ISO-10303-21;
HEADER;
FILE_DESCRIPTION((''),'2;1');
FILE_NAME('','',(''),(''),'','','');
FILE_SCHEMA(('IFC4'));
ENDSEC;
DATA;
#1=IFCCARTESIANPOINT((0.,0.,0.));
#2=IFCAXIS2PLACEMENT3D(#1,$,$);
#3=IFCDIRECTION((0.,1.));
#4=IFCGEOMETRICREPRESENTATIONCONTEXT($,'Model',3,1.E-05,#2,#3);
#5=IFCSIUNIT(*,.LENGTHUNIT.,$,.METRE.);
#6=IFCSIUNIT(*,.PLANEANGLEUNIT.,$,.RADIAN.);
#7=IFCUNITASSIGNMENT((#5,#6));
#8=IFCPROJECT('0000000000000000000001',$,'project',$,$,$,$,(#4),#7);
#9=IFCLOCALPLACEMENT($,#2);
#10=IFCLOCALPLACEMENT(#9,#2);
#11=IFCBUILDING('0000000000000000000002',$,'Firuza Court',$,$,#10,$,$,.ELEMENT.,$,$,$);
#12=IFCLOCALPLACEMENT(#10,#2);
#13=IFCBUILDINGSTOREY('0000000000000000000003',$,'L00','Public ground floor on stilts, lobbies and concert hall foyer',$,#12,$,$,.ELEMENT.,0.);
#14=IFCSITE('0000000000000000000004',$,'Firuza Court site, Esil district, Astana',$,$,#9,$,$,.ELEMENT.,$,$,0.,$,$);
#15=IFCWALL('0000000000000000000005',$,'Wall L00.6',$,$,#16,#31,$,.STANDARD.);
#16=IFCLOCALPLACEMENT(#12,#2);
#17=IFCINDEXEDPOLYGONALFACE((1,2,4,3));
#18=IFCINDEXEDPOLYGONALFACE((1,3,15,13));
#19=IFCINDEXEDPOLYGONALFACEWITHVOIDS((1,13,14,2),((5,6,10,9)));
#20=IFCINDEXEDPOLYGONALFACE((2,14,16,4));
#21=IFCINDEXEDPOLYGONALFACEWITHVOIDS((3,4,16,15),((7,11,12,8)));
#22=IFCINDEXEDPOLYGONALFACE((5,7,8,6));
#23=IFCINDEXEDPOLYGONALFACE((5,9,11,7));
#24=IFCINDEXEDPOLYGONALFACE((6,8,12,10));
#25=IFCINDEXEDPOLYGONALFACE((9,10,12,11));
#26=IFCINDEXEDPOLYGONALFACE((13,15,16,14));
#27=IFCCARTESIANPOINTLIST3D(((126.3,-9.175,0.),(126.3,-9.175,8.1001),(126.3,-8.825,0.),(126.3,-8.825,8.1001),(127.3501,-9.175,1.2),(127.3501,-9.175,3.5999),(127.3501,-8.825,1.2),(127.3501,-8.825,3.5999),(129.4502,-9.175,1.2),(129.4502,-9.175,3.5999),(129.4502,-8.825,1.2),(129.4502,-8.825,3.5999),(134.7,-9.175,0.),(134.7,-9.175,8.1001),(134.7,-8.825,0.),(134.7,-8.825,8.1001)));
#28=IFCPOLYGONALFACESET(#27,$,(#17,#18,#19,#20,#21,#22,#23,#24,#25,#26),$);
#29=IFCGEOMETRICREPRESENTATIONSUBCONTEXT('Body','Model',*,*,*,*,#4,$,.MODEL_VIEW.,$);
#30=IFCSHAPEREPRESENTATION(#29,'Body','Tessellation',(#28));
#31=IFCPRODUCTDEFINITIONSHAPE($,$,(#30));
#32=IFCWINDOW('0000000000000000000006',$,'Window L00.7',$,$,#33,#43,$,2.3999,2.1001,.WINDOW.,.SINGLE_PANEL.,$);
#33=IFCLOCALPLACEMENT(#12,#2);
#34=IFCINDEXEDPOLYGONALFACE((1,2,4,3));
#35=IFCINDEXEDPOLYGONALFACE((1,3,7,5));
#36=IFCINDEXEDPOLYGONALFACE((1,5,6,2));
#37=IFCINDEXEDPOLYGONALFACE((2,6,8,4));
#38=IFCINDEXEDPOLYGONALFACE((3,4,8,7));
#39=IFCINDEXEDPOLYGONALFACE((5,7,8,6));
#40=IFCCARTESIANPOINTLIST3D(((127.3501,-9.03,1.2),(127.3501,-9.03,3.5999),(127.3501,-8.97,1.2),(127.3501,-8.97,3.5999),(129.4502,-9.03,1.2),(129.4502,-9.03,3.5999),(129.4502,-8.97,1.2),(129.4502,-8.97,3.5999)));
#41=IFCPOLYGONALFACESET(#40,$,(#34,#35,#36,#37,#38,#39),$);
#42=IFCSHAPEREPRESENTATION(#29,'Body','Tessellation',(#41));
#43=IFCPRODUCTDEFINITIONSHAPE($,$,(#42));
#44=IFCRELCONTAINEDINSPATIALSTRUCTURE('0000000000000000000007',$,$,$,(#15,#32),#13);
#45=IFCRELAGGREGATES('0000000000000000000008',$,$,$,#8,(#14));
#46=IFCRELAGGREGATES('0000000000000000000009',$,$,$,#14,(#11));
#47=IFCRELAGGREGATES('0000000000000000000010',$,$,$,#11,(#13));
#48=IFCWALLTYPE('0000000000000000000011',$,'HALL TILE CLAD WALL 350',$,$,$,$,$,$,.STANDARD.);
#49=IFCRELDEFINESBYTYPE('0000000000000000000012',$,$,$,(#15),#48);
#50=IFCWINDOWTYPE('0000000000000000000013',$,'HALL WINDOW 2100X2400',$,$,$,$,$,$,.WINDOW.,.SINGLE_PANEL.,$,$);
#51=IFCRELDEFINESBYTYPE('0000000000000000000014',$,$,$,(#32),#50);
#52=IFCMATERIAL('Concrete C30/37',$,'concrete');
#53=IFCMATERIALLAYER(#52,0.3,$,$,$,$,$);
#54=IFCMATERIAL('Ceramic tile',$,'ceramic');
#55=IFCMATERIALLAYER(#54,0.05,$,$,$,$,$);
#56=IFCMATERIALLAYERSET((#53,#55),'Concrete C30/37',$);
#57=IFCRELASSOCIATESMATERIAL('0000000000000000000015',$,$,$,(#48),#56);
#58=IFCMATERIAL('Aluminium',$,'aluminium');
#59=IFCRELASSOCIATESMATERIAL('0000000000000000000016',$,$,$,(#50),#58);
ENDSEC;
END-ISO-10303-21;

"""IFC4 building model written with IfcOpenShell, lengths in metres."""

from ifc_helpers import new_model, si_unit, direction, frame, frame_2d, origin, place, context, subcontext, project, spatial, rectangle, extrude, material, layer, layer_set, type_object, element, fill, save


model = new_model("IFC4")

# Units and contexts
model_context = context("Model", 3, precision=1e-05, world=origin(), true_north=direction((0.0, 1.0)))
body_context = subcontext(model_context, "Body", "Model", "MODEL_VIEW")
ifc_project = project(units=[si_unit("LENGTHUNIT", "METRE"), si_unit("PLANEANGLEUNIT", "RADIAN")], contexts=[model_context])

# Site, building, storey
site_placement = place(None, origin())
site = spatial("IfcSite", under=ifc_project, at=site_placement, Name="Firuza Court site, Esil district, Astana", CompositionType="ELEMENT", RefElevation=0.0)
building_placement = place(site_placement, origin())
building = spatial("IfcBuilding", under=site, at=building_placement, Name="Firuza Court", CompositionType="ELEMENT")
storey_placement = place(building_placement, origin())
storey = spatial("IfcBuildingStorey", under=building, at=storey_placement, Name="L00", Description="Public ground floor on stilts, lobbies and concert hall foyer", CompositionType="ELEMENT", Elevation=0.0)

# Wall, opening, window
ifc_material_1 = material(Name="Concrete C30/37", Category="concrete")
ifc_layer_1 = layer(ifc_material_1, 0.3)
ifc_material_2 = material(Name="Ceramic tile", Category="ceramic")
ifc_layer_2 = layer(ifc_material_2, 0.05)
ifc_layer_set_1 = layer_set([ifc_layer_1, ifc_layer_2], Name="Concrete C30/37")
wall_type_1 = type_object("IfcWallType", Name="HALL TILE CLAD WALL 350", PredefinedType="STANDARD", material=ifc_layer_set_1)
wall_1_placement = place(storey_placement, frame((126.3, -9.0, 0.0), z_axis=(0.0, 0.0, 1.0), x_axis=(1.0, 0.0, 0.0)))
wall_1 = element("IfcWall", 1, at=wall_1_placement, inside=storey, type_object=wall_type_1, Name="Wall L00.6", PredefinedType="STANDARD", context=body_context, shape_type="SweptSolid", body=[
    extrude(rectangle(XDim=8.3999, YDim=0.3501, at=frame_2d((4.2, 0.0))), origin(), (0.0, 0.0, 1.0), 8.1001),
])
opening_1_placement = place(wall_1_placement, frame((1.05, 0.0, 1.2)))
opening_1 = element("IfcOpeningElement", 2, at=opening_1_placement, cuts=wall_1, PredefinedType="OPENING", context=body_context, shape_type="SweptSolid", body=[
    extrude(rectangle(XDim=2.1001, YDim=2.3999, at=frame_2d((1.05, 1.2))), frame((0.0, 0.187, 0.0), z_axis=(0.0, -1.0, 0.0), x_axis=(1.0, 0.0, 0.0)), (0.0, 0.0, 1.0), 0.374),
])
ifc_material_3 = material(Name="Aluminium", Category="aluminium")
window_type = type_object("IfcWindowType", Name="HALL WINDOW 2100X2400", PartitioningType="SINGLE_PANEL", PredefinedType="WINDOW", material=ifc_material_3)
window_placement = place(opening_1_placement, origin())
window = element("IfcWindow", 3, at=window_placement, inside=storey, type_object=window_type, Name="Window L00.7", OverallHeight=2.3999, OverallWidth=2.1001, PartitioningType="SINGLE_PANEL", PredefinedType="WINDOW", context=body_context, shape_type="SweptSolid", body=[
    extrude(rectangle(XDim=2.1001, YDim=2.3999, at=frame_2d((1.05, 1.2))), frame((0.0, 0.03, 0.0), z_axis=(0.0, -1.0, 0.0), x_axis=(1.0, 0.0, 0.0)), (0.0, 0.0, 1.0), 0.0601),
])
fill(opening_1, window)

save(model, "model.ifc")
